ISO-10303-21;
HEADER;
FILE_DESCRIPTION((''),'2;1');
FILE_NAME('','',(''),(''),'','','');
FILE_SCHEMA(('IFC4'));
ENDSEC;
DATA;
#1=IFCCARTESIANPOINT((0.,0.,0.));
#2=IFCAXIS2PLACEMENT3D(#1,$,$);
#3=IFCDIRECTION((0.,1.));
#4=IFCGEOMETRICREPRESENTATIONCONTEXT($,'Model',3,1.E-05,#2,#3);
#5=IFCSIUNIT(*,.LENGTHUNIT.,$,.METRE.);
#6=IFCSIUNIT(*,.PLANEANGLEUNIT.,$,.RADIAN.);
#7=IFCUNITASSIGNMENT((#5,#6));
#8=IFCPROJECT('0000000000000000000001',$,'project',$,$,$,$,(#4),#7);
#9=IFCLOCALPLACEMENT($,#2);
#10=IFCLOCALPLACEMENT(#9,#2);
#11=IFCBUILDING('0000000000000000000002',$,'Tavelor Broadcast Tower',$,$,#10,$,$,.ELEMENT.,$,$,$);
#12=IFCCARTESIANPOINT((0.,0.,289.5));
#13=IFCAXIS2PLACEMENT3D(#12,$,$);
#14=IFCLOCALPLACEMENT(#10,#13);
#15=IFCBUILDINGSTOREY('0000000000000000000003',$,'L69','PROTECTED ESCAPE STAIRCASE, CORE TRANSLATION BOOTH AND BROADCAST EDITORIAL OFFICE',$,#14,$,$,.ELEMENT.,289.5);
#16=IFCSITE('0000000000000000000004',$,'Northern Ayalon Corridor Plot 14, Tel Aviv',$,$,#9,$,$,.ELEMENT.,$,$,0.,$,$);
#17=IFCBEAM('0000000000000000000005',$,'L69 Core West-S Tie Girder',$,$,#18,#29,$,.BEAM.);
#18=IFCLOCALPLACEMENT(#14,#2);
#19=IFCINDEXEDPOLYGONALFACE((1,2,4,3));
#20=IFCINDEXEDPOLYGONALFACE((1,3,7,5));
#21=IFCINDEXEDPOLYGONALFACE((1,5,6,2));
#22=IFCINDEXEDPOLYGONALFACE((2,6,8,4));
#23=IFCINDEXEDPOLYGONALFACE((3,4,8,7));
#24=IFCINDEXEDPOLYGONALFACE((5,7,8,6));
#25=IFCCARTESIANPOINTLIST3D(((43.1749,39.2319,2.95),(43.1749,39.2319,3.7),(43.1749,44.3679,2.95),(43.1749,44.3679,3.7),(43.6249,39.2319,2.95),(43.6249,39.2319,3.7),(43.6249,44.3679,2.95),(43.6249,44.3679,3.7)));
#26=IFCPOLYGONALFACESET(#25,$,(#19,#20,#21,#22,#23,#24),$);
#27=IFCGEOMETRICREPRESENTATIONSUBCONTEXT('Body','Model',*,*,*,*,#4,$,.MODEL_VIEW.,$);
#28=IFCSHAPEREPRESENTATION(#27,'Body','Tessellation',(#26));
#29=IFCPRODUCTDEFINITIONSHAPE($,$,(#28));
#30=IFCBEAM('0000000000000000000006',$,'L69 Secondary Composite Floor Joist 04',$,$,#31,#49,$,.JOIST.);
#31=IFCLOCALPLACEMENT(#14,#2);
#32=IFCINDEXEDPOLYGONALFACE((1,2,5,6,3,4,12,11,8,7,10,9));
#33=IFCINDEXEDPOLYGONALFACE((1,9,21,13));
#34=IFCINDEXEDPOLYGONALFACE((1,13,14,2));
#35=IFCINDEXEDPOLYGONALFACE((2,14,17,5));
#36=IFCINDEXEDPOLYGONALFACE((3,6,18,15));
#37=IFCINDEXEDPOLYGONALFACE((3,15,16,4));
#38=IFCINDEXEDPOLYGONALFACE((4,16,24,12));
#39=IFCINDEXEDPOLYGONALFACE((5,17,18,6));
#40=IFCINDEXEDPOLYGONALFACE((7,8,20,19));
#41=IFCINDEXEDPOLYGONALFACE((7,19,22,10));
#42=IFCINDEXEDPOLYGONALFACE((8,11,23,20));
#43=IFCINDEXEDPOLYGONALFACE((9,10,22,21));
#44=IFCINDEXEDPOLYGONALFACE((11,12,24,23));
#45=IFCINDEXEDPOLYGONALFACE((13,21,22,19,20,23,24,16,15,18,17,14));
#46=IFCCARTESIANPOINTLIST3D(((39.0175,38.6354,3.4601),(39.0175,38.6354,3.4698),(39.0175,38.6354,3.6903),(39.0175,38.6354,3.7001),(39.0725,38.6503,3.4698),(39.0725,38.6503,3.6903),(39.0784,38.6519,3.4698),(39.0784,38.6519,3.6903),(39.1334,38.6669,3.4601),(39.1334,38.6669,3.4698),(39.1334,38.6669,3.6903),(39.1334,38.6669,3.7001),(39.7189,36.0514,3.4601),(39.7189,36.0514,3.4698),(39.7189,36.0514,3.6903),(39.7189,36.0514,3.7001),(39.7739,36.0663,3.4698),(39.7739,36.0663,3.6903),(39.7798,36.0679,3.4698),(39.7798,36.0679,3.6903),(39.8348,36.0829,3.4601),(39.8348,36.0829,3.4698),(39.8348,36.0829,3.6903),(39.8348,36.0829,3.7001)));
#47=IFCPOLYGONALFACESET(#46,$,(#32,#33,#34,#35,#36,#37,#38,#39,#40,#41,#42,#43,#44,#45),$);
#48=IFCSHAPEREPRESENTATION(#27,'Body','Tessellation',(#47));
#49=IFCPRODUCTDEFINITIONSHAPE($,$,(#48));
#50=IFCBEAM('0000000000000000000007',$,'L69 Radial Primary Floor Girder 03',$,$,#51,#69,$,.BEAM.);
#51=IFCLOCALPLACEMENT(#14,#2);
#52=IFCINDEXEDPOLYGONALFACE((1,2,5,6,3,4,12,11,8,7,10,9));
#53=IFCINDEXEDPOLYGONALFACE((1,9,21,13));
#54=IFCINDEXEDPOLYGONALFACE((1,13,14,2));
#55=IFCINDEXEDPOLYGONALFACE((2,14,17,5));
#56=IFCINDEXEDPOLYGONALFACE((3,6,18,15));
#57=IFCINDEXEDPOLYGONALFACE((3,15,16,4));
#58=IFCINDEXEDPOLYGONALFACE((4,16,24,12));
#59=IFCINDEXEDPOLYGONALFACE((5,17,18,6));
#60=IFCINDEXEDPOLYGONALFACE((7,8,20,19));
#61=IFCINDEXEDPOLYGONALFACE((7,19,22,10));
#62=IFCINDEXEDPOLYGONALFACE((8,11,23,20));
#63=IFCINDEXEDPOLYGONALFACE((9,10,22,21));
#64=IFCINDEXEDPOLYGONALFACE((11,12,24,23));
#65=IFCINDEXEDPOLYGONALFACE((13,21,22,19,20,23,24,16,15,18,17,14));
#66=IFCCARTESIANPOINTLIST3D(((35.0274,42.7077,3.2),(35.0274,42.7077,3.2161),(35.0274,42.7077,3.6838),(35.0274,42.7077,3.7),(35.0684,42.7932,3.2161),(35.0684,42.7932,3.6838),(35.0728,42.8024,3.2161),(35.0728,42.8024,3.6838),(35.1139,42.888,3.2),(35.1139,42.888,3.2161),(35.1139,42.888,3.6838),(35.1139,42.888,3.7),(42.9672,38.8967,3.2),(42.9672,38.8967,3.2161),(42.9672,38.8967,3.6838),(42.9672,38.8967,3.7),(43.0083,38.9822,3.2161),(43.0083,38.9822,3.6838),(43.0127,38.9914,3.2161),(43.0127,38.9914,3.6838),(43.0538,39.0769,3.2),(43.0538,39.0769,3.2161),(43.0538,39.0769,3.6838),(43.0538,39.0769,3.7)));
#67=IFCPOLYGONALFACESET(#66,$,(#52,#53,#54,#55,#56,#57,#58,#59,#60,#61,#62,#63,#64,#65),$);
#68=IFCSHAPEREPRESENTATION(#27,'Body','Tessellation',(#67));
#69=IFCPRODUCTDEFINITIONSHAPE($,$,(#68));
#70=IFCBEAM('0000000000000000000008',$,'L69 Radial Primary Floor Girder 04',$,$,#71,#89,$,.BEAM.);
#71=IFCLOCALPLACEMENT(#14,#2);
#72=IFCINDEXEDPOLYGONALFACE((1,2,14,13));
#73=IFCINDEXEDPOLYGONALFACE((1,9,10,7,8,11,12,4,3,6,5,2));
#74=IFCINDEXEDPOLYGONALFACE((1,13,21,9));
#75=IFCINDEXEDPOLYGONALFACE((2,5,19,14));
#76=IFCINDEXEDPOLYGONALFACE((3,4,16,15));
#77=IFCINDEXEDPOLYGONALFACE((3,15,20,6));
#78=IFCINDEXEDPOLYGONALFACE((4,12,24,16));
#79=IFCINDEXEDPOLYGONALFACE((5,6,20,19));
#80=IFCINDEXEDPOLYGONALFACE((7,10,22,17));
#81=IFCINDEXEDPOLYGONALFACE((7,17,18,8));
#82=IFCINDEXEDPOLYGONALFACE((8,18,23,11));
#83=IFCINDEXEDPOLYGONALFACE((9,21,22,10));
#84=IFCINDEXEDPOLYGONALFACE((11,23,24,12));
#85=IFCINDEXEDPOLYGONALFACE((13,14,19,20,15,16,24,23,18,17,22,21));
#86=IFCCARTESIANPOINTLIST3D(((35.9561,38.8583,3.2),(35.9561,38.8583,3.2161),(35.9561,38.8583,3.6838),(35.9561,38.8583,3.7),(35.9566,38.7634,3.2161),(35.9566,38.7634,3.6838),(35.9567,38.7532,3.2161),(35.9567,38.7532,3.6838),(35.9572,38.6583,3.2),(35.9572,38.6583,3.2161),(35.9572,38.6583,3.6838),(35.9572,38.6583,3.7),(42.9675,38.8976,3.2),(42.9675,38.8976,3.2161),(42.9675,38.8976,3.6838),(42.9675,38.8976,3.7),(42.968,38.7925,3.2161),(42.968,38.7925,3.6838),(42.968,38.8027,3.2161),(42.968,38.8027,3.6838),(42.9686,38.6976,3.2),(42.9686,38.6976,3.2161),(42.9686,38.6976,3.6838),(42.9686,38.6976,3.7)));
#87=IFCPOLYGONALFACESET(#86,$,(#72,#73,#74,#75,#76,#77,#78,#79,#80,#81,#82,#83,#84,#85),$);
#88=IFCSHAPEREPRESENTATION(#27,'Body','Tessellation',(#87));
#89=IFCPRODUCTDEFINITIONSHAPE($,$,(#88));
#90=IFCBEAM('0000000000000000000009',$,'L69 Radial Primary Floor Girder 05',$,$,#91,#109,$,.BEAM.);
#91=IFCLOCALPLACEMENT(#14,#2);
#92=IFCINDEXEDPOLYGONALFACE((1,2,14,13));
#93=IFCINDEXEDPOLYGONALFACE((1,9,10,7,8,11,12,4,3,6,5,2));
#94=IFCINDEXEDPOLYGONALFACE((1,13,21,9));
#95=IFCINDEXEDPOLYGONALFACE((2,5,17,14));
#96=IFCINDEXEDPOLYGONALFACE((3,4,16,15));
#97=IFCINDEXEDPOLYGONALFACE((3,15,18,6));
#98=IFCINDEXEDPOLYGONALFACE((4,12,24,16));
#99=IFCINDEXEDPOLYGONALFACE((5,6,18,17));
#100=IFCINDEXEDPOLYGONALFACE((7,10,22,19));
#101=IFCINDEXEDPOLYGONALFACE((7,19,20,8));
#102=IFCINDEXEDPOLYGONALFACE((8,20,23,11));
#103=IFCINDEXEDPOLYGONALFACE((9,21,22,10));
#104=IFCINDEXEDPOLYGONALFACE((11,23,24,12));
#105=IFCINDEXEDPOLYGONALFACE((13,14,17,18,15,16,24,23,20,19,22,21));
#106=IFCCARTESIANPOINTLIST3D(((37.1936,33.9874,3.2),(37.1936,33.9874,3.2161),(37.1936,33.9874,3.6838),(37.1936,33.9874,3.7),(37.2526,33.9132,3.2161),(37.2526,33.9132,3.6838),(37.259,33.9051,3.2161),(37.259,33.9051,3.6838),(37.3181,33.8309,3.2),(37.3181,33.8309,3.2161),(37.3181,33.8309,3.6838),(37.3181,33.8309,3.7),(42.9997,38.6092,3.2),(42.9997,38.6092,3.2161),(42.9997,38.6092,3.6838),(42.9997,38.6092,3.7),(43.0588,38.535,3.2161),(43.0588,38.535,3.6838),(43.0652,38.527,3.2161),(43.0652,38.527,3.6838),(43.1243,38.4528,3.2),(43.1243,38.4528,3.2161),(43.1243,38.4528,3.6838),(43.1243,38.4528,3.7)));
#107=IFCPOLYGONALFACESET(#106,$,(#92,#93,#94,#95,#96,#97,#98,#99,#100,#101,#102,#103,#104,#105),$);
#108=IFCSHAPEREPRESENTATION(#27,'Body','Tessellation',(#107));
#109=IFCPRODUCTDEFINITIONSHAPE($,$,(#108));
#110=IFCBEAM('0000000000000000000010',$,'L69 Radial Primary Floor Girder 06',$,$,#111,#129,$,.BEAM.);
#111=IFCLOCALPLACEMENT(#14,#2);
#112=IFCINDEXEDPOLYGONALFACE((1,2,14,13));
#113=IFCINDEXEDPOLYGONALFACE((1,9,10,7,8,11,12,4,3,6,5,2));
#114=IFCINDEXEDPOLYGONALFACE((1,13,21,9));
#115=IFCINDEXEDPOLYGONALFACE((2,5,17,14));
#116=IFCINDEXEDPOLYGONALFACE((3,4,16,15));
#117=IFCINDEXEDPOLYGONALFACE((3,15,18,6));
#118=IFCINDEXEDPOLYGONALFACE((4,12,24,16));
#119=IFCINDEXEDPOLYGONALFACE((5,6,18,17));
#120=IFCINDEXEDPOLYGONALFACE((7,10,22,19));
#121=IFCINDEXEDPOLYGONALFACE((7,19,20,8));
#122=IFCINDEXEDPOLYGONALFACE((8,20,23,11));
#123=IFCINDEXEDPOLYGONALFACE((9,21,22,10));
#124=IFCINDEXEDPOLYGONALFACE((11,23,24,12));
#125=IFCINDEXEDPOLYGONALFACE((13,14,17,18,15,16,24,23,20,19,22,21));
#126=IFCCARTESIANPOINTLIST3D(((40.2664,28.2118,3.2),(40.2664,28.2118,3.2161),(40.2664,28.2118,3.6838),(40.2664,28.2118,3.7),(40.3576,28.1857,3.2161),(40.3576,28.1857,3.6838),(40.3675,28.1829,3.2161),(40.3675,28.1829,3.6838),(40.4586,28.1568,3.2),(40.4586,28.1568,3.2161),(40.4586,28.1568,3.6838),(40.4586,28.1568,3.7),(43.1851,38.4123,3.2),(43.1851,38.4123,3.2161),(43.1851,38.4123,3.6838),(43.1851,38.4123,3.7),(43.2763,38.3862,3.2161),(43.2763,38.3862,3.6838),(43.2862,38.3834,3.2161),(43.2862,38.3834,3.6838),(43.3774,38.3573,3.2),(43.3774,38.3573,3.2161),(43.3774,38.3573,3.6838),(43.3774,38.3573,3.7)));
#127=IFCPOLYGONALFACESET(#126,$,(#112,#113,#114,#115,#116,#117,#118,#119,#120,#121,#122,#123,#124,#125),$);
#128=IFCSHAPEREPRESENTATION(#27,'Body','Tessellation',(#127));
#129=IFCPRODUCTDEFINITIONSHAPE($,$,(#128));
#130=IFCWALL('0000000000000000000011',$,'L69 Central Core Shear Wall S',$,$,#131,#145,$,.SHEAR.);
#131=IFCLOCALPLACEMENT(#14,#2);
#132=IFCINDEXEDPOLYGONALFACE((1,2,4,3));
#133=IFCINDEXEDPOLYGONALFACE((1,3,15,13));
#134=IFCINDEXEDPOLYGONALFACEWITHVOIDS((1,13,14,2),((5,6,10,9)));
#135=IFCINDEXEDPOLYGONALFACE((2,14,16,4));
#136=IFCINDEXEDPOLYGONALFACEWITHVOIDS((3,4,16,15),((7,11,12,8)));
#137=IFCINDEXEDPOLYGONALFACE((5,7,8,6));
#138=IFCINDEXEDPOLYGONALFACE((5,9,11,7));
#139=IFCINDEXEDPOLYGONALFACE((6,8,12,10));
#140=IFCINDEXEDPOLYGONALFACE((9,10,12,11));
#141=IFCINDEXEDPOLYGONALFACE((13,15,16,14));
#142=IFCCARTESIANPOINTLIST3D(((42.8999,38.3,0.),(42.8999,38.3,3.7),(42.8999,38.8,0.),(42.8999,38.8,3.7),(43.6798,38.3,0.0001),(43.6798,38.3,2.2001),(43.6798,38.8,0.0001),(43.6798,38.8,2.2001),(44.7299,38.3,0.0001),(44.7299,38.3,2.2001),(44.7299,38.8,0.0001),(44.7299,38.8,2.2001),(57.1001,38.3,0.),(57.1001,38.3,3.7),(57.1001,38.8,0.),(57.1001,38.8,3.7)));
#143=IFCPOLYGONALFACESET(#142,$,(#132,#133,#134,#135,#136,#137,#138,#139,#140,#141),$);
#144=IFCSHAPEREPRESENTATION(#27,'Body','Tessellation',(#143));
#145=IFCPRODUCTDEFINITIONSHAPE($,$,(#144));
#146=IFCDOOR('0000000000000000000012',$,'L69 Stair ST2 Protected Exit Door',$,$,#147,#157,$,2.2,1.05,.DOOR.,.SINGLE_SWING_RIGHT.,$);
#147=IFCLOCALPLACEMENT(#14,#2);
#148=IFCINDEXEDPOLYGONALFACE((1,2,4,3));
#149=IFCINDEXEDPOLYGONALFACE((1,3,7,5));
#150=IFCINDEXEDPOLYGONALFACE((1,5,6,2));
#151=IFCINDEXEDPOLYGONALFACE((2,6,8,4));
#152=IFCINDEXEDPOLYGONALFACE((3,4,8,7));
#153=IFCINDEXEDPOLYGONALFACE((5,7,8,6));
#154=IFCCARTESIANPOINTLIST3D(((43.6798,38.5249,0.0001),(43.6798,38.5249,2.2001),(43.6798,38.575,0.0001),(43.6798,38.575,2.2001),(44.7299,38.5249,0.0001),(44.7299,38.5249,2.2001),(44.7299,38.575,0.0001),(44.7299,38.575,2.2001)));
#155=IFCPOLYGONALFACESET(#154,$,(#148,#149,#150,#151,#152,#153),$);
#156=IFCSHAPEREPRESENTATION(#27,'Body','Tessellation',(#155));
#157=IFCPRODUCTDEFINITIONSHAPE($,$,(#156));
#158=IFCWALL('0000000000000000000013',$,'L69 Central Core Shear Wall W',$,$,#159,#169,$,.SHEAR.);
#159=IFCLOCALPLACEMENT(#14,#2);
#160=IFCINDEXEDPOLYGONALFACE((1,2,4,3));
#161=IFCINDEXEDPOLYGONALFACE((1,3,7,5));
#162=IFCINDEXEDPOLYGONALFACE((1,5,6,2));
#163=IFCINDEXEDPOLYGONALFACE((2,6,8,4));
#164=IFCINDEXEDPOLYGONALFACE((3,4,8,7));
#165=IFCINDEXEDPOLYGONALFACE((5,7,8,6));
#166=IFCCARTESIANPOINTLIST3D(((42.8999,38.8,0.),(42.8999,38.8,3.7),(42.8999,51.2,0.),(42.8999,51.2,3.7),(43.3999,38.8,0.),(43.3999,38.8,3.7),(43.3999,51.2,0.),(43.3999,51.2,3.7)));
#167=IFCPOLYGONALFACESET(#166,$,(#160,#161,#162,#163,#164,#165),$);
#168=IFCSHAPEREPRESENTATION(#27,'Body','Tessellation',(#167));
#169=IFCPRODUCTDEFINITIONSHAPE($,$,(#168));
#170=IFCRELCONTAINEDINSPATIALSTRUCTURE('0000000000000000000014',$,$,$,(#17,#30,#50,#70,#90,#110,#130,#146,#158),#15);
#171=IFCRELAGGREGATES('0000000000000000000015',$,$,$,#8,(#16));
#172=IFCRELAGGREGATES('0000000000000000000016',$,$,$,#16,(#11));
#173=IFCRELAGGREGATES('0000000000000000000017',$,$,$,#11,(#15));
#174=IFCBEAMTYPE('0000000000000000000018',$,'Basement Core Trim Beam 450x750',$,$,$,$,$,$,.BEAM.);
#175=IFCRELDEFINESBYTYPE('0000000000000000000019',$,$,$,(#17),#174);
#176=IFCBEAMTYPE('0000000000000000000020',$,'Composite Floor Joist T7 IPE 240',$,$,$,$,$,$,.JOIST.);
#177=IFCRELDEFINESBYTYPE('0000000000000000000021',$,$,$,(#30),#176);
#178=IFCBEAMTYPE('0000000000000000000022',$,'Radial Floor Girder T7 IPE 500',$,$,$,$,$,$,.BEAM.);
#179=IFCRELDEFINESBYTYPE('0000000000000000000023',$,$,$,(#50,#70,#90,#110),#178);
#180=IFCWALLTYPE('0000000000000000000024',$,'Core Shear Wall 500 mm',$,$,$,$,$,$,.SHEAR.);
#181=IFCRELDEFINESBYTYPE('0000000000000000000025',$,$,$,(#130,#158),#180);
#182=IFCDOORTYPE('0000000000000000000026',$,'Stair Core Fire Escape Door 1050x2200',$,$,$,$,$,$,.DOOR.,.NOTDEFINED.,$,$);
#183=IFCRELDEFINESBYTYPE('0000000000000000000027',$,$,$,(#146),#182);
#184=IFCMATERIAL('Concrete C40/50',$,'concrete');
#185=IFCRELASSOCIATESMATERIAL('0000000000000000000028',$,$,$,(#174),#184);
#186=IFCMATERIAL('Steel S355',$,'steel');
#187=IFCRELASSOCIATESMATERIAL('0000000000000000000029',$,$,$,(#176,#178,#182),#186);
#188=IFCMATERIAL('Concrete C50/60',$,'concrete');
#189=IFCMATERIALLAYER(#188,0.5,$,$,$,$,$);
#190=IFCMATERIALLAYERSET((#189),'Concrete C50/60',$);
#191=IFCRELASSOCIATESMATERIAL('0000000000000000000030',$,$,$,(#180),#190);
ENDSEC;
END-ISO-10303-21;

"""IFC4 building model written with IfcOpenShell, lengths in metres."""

from ifc_helpers import new_model, si_unit, direction, frame, frame_2d, origin, origin_2d, place, context, subcontext, project, spatial, rectangle, i_section, extrude, material, layer, layer_set, material_profile, profile_set, type_object, element, fill, save


model = new_model("IFC4")

# Units and contexts
model_context = context("Model", 3, precision=1e-05, world=origin(), true_north=direction((0.0, 1.0)))
body_context = subcontext(model_context, "Body", "Model", "MODEL_VIEW")
ifc_project = project(units=[si_unit("LENGTHUNIT", "METRE"), si_unit("PLANEANGLEUNIT", "RADIAN")], contexts=[model_context])

# Site, building, storey
site_placement = place(None, origin())
site = spatial("IfcSite", under=ifc_project, at=site_placement, Name="Northern Ayalon Corridor Plot 14, Tel Aviv", CompositionType="ELEMENT", RefElevation=0.0)
building_placement = place(site_placement, origin())
building = spatial("IfcBuilding", under=site, at=building_placement, Name="Tavelor Broadcast Tower", CompositionType="ELEMENT")
storey_placement = place(building_placement, frame((0.0, 0.0, 289.5)))
storey = spatial("IfcBuildingStorey", under=building, at=storey_placement, Name="L69", Description="PROTECTED ESCAPE STAIRCASE, CORE TRANSLATION BOOTH AND BROADCAST EDITORIAL OFFICE", CompositionType="ELEMENT", Elevation=289.5)

# Beams
ifc_material_1 = material(Name="Concrete C40/50", Category="concrete")
ifc_material_profile_1 = material_profile(ifc_material_1, rectangle(XDim=0.45, YDim=0.75, at=origin_2d()), Name="RC 450x750")
ifc_profile_set_1 = profile_set([ifc_material_profile_1], Name="Concrete C40/50")
beam_type_1 = type_object("IfcBeamType", Name="Basement Core Trim Beam 450x750", PredefinedType="BEAM", material=ifc_profile_set_1)
beam_1_placement = place(storey_placement, frame((43.3999, 39.2319, 3.325), z_axis=(0.0, 1.0, 0.0), x_axis=(-1.0, 0.0, 0.0)))
element("IfcBeam", 1, at=beam_1_placement, inside=storey, type_object=beam_type_1, Name="L69 Core West-S Tie Girder", PredefinedType="BEAM", context=body_context, shape_type="SweptSolid", body=[
    extrude(rectangle(XDim=0.45, YDim=0.75, at=origin_2d()), origin(), (0.0, 0.0, 1.0), 5.136),
])
ifc_material_2 = material(Name="Steel S355", Category="steel")
ifc_material_profile_2 = material_profile(ifc_material_2, i_section(OverallWidth=0.1201, OverallDepth=0.24, WebThickness=0.0061, FlangeThickness=0.0098, at=origin_2d()), Name="IPE 240")
ifc_profile_set_2 = profile_set([ifc_material_profile_2], Name="Steel S355")
beam_type_2 = type_object("IfcBeamType", Name="Composite Floor Joist T7 IPE 240", PredefinedType="JOIST", material=ifc_profile_set_2)
beam_2_placement = place(storey_placement, frame((39.0754, 38.6511, 3.5801), z_axis=(0.261968, -0.965077, 0.0), x_axis=(0.965077, 0.261968, 0.0)))
element("IfcBeam", 2, at=beam_2_placement, inside=storey, type_object=beam_type_2, Name="L69 Secondary Composite Floor Joist 04", PredefinedType="JOIST", context=body_context, shape_type="SweptSolid", body=[
    extrude(i_section(OverallWidth=0.1201, OverallDepth=0.24, WebThickness=0.0061, FlangeThickness=0.0098, at=origin_2d()), origin(), (0.0, 0.0, 1.0), 2.6775),
])
ifc_material_profile_3 = material_profile(ifc_material_2, i_section(OverallWidth=0.2, OverallDepth=0.5, WebThickness=0.0103, FlangeThickness=0.0161, at=origin_2d()), Name="IPE 500")
ifc_profile_set_3 = profile_set([ifc_material_profile_3], Name="Steel S355")
beam_type_3 = type_object("IfcBeamType", Name="Radial Floor Girder T7 IPE 500", PredefinedType="BEAM", material=ifc_profile_set_3)
beam_3_placement = place(storey_placement, frame((43.0105, 38.9868, 3.45), z_axis=(-0.901529, 0.432718, 0.0), x_axis=(-0.432718, -0.901529, 0.0)))
element("IfcBeam", 3, at=beam_3_placement, inside=storey, type_object=beam_type_3, Name="L69 Radial Primary Floor Girder 03", PredefinedType="BEAM", context=body_context, shape_type="SweptSolid", body=[
    extrude(i_section(OverallWidth=0.2, OverallDepth=0.5, WebThickness=0.0103, FlangeThickness=0.0161, at=origin_2d()), origin(), (0.0, 0.0, 1.0), 8.8071),
])
beam_4_placement = place(storey_placement, frame((42.968, 38.7976, 3.45), z_axis=(-0.999984, -0.005606, 0.0), x_axis=(0.005606, -0.999984, 0.0)))
element("IfcBeam", 4, at=beam_4_placement, inside=storey, type_object=beam_type_3, Name="L69 Radial Primary Floor Girder 04", PredefinedType="BEAM", context=body_context, shape_type="SweptSolid", body=[
    extrude(i_section(OverallWidth=0.2, OverallDepth=0.5, WebThickness=0.0103, FlangeThickness=0.0161, at=origin_2d()), origin(), (0.0, 0.0, 1.0), 7.0115),
])
beam_5_placement = place(storey_placement, frame((43.062, 38.531, 3.45), z_axis=(-0.782385, -0.622796, 0.0), x_axis=(0.622796, -0.782385, 0.0)))
element("IfcBeam", 5, at=beam_5_placement, inside=storey, type_object=beam_type_3, Name="L69 Radial Primary Floor Girder 05", PredefinedType="BEAM", context=body_context, shape_type="SweptSolid", body=[
    extrude(i_section(OverallWidth=0.2, OverallDepth=0.5, WebThickness=0.0103, FlangeThickness=0.0161, at=origin_2d()), origin(), (0.0, 0.0, 1.0), 7.4211),
])
beam_6_placement = place(storey_placement, frame((43.2812, 38.3848, 3.45), z_axis=(-0.275095, -0.961417, 0.0), x_axis=(0.961417, -0.275095, 0.0)))
element("IfcBeam", 6, at=beam_6_placement, inside=storey, type_object=beam_type_3, Name="L69 Radial Primary Floor Girder 06", PredefinedType="BEAM", context=body_context, shape_type="SweptSolid", body=[
    extrude(i_section(OverallWidth=0.2, OverallDepth=0.5, WebThickness=0.0103, FlangeThickness=0.0161, at=origin_2d()), origin(), (0.0, 0.0, 1.0), 10.6099),
])

# Wall, opening, door
ifc_material_3 = material(Name="Concrete C50/60", Category="concrete")
ifc_layer_1 = layer(ifc_material_3, 0.5)
ifc_layer_set_1 = layer_set([ifc_layer_1], Name="Concrete C50/60")
wall_type_1 = type_object("IfcWallType", Name="Core Shear Wall 500 mm", PredefinedType="SHEAR", material=ifc_layer_set_1)
wall_1_placement = place(storey_placement, frame((42.8999, 38.55, 0.0), z_axis=(0.0, 0.0, 1.0), x_axis=(1.0, 0.0, 0.0)))
wall_1 = element("IfcWall", 7, at=wall_1_placement, inside=storey, type_object=wall_type_1, Name="L69 Central Core Shear Wall S", PredefinedType="SHEAR", context=body_context, shape_type="SweptSolid", body=[
    extrude(rectangle(XDim=14.2002, YDim=0.5, at=frame_2d((7.1001, 0.0))), origin(), (0.0, 0.0, 1.0), 3.7),
])
opening_1_placement = place(wall_1_placement, frame((0.78, 0.0, 0.0)))
opening_1 = element("IfcOpeningElement", 8, at=opening_1_placement, cuts=wall_1, PredefinedType="OPENING", context=body_context, shape_type="SweptSolid", body=[
    extrude(rectangle(XDim=1.05, YDim=2.2, at=frame_2d((0.5249, 1.1001))), frame((0.0, 0.26, 0.0), z_axis=(0.0, -1.0, 0.0), x_axis=(1.0, 0.0, 0.0)), (0.0, 0.0, 1.0), 0.52),
])
door_type_1 = type_object("IfcDoorType", Name="Stair Core Fire Escape Door 1050x2200", OperationType="NOTDEFINED", PredefinedType="DOOR", material=ifc_material_2)
door_1_placement = place(opening_1_placement, origin())
door_1 = element("IfcDoor", 9, at=door_1_placement, inside=storey, type_object=door_type_1, Name="L69 Stair ST2 Protected Exit Door", OperationType="SINGLE_SWING_RIGHT", OverallHeight=2.2, OverallWidth=1.05, PredefinedType="DOOR", context=body_context, shape_type="SweptSolid", body=[
    extrude(rectangle(XDim=1.05, YDim=2.2, at=frame_2d((0.5249, 1.1001))), frame((0.0, 0.0249, 0.0), z_axis=(0.0, -1.0, 0.0), x_axis=(1.0, 0.0, 0.0)), (0.0, 0.0, 1.0), 0.05),
])
fill(opening_1, door_1)

# Wall
wall_2_placement = place(storey_placement, frame((43.1499, 38.8, 0.0), z_axis=(0.0, 0.0, 1.0), x_axis=(0.0, 1.0, 0.0)))
element("IfcWall", 10, at=wall_2_placement, inside=storey, type_object=wall_type_1, Name="L69 Central Core Shear Wall W", PredefinedType="SHEAR", context=body_context, shape_type="SweptSolid", body=[
    extrude(rectangle(XDim=12.3999, YDim=0.5, at=frame_2d((6.2, 0.0))), origin(), (0.0, 0.0, 1.0), 3.7),
])

save(model, "model.ifc")
